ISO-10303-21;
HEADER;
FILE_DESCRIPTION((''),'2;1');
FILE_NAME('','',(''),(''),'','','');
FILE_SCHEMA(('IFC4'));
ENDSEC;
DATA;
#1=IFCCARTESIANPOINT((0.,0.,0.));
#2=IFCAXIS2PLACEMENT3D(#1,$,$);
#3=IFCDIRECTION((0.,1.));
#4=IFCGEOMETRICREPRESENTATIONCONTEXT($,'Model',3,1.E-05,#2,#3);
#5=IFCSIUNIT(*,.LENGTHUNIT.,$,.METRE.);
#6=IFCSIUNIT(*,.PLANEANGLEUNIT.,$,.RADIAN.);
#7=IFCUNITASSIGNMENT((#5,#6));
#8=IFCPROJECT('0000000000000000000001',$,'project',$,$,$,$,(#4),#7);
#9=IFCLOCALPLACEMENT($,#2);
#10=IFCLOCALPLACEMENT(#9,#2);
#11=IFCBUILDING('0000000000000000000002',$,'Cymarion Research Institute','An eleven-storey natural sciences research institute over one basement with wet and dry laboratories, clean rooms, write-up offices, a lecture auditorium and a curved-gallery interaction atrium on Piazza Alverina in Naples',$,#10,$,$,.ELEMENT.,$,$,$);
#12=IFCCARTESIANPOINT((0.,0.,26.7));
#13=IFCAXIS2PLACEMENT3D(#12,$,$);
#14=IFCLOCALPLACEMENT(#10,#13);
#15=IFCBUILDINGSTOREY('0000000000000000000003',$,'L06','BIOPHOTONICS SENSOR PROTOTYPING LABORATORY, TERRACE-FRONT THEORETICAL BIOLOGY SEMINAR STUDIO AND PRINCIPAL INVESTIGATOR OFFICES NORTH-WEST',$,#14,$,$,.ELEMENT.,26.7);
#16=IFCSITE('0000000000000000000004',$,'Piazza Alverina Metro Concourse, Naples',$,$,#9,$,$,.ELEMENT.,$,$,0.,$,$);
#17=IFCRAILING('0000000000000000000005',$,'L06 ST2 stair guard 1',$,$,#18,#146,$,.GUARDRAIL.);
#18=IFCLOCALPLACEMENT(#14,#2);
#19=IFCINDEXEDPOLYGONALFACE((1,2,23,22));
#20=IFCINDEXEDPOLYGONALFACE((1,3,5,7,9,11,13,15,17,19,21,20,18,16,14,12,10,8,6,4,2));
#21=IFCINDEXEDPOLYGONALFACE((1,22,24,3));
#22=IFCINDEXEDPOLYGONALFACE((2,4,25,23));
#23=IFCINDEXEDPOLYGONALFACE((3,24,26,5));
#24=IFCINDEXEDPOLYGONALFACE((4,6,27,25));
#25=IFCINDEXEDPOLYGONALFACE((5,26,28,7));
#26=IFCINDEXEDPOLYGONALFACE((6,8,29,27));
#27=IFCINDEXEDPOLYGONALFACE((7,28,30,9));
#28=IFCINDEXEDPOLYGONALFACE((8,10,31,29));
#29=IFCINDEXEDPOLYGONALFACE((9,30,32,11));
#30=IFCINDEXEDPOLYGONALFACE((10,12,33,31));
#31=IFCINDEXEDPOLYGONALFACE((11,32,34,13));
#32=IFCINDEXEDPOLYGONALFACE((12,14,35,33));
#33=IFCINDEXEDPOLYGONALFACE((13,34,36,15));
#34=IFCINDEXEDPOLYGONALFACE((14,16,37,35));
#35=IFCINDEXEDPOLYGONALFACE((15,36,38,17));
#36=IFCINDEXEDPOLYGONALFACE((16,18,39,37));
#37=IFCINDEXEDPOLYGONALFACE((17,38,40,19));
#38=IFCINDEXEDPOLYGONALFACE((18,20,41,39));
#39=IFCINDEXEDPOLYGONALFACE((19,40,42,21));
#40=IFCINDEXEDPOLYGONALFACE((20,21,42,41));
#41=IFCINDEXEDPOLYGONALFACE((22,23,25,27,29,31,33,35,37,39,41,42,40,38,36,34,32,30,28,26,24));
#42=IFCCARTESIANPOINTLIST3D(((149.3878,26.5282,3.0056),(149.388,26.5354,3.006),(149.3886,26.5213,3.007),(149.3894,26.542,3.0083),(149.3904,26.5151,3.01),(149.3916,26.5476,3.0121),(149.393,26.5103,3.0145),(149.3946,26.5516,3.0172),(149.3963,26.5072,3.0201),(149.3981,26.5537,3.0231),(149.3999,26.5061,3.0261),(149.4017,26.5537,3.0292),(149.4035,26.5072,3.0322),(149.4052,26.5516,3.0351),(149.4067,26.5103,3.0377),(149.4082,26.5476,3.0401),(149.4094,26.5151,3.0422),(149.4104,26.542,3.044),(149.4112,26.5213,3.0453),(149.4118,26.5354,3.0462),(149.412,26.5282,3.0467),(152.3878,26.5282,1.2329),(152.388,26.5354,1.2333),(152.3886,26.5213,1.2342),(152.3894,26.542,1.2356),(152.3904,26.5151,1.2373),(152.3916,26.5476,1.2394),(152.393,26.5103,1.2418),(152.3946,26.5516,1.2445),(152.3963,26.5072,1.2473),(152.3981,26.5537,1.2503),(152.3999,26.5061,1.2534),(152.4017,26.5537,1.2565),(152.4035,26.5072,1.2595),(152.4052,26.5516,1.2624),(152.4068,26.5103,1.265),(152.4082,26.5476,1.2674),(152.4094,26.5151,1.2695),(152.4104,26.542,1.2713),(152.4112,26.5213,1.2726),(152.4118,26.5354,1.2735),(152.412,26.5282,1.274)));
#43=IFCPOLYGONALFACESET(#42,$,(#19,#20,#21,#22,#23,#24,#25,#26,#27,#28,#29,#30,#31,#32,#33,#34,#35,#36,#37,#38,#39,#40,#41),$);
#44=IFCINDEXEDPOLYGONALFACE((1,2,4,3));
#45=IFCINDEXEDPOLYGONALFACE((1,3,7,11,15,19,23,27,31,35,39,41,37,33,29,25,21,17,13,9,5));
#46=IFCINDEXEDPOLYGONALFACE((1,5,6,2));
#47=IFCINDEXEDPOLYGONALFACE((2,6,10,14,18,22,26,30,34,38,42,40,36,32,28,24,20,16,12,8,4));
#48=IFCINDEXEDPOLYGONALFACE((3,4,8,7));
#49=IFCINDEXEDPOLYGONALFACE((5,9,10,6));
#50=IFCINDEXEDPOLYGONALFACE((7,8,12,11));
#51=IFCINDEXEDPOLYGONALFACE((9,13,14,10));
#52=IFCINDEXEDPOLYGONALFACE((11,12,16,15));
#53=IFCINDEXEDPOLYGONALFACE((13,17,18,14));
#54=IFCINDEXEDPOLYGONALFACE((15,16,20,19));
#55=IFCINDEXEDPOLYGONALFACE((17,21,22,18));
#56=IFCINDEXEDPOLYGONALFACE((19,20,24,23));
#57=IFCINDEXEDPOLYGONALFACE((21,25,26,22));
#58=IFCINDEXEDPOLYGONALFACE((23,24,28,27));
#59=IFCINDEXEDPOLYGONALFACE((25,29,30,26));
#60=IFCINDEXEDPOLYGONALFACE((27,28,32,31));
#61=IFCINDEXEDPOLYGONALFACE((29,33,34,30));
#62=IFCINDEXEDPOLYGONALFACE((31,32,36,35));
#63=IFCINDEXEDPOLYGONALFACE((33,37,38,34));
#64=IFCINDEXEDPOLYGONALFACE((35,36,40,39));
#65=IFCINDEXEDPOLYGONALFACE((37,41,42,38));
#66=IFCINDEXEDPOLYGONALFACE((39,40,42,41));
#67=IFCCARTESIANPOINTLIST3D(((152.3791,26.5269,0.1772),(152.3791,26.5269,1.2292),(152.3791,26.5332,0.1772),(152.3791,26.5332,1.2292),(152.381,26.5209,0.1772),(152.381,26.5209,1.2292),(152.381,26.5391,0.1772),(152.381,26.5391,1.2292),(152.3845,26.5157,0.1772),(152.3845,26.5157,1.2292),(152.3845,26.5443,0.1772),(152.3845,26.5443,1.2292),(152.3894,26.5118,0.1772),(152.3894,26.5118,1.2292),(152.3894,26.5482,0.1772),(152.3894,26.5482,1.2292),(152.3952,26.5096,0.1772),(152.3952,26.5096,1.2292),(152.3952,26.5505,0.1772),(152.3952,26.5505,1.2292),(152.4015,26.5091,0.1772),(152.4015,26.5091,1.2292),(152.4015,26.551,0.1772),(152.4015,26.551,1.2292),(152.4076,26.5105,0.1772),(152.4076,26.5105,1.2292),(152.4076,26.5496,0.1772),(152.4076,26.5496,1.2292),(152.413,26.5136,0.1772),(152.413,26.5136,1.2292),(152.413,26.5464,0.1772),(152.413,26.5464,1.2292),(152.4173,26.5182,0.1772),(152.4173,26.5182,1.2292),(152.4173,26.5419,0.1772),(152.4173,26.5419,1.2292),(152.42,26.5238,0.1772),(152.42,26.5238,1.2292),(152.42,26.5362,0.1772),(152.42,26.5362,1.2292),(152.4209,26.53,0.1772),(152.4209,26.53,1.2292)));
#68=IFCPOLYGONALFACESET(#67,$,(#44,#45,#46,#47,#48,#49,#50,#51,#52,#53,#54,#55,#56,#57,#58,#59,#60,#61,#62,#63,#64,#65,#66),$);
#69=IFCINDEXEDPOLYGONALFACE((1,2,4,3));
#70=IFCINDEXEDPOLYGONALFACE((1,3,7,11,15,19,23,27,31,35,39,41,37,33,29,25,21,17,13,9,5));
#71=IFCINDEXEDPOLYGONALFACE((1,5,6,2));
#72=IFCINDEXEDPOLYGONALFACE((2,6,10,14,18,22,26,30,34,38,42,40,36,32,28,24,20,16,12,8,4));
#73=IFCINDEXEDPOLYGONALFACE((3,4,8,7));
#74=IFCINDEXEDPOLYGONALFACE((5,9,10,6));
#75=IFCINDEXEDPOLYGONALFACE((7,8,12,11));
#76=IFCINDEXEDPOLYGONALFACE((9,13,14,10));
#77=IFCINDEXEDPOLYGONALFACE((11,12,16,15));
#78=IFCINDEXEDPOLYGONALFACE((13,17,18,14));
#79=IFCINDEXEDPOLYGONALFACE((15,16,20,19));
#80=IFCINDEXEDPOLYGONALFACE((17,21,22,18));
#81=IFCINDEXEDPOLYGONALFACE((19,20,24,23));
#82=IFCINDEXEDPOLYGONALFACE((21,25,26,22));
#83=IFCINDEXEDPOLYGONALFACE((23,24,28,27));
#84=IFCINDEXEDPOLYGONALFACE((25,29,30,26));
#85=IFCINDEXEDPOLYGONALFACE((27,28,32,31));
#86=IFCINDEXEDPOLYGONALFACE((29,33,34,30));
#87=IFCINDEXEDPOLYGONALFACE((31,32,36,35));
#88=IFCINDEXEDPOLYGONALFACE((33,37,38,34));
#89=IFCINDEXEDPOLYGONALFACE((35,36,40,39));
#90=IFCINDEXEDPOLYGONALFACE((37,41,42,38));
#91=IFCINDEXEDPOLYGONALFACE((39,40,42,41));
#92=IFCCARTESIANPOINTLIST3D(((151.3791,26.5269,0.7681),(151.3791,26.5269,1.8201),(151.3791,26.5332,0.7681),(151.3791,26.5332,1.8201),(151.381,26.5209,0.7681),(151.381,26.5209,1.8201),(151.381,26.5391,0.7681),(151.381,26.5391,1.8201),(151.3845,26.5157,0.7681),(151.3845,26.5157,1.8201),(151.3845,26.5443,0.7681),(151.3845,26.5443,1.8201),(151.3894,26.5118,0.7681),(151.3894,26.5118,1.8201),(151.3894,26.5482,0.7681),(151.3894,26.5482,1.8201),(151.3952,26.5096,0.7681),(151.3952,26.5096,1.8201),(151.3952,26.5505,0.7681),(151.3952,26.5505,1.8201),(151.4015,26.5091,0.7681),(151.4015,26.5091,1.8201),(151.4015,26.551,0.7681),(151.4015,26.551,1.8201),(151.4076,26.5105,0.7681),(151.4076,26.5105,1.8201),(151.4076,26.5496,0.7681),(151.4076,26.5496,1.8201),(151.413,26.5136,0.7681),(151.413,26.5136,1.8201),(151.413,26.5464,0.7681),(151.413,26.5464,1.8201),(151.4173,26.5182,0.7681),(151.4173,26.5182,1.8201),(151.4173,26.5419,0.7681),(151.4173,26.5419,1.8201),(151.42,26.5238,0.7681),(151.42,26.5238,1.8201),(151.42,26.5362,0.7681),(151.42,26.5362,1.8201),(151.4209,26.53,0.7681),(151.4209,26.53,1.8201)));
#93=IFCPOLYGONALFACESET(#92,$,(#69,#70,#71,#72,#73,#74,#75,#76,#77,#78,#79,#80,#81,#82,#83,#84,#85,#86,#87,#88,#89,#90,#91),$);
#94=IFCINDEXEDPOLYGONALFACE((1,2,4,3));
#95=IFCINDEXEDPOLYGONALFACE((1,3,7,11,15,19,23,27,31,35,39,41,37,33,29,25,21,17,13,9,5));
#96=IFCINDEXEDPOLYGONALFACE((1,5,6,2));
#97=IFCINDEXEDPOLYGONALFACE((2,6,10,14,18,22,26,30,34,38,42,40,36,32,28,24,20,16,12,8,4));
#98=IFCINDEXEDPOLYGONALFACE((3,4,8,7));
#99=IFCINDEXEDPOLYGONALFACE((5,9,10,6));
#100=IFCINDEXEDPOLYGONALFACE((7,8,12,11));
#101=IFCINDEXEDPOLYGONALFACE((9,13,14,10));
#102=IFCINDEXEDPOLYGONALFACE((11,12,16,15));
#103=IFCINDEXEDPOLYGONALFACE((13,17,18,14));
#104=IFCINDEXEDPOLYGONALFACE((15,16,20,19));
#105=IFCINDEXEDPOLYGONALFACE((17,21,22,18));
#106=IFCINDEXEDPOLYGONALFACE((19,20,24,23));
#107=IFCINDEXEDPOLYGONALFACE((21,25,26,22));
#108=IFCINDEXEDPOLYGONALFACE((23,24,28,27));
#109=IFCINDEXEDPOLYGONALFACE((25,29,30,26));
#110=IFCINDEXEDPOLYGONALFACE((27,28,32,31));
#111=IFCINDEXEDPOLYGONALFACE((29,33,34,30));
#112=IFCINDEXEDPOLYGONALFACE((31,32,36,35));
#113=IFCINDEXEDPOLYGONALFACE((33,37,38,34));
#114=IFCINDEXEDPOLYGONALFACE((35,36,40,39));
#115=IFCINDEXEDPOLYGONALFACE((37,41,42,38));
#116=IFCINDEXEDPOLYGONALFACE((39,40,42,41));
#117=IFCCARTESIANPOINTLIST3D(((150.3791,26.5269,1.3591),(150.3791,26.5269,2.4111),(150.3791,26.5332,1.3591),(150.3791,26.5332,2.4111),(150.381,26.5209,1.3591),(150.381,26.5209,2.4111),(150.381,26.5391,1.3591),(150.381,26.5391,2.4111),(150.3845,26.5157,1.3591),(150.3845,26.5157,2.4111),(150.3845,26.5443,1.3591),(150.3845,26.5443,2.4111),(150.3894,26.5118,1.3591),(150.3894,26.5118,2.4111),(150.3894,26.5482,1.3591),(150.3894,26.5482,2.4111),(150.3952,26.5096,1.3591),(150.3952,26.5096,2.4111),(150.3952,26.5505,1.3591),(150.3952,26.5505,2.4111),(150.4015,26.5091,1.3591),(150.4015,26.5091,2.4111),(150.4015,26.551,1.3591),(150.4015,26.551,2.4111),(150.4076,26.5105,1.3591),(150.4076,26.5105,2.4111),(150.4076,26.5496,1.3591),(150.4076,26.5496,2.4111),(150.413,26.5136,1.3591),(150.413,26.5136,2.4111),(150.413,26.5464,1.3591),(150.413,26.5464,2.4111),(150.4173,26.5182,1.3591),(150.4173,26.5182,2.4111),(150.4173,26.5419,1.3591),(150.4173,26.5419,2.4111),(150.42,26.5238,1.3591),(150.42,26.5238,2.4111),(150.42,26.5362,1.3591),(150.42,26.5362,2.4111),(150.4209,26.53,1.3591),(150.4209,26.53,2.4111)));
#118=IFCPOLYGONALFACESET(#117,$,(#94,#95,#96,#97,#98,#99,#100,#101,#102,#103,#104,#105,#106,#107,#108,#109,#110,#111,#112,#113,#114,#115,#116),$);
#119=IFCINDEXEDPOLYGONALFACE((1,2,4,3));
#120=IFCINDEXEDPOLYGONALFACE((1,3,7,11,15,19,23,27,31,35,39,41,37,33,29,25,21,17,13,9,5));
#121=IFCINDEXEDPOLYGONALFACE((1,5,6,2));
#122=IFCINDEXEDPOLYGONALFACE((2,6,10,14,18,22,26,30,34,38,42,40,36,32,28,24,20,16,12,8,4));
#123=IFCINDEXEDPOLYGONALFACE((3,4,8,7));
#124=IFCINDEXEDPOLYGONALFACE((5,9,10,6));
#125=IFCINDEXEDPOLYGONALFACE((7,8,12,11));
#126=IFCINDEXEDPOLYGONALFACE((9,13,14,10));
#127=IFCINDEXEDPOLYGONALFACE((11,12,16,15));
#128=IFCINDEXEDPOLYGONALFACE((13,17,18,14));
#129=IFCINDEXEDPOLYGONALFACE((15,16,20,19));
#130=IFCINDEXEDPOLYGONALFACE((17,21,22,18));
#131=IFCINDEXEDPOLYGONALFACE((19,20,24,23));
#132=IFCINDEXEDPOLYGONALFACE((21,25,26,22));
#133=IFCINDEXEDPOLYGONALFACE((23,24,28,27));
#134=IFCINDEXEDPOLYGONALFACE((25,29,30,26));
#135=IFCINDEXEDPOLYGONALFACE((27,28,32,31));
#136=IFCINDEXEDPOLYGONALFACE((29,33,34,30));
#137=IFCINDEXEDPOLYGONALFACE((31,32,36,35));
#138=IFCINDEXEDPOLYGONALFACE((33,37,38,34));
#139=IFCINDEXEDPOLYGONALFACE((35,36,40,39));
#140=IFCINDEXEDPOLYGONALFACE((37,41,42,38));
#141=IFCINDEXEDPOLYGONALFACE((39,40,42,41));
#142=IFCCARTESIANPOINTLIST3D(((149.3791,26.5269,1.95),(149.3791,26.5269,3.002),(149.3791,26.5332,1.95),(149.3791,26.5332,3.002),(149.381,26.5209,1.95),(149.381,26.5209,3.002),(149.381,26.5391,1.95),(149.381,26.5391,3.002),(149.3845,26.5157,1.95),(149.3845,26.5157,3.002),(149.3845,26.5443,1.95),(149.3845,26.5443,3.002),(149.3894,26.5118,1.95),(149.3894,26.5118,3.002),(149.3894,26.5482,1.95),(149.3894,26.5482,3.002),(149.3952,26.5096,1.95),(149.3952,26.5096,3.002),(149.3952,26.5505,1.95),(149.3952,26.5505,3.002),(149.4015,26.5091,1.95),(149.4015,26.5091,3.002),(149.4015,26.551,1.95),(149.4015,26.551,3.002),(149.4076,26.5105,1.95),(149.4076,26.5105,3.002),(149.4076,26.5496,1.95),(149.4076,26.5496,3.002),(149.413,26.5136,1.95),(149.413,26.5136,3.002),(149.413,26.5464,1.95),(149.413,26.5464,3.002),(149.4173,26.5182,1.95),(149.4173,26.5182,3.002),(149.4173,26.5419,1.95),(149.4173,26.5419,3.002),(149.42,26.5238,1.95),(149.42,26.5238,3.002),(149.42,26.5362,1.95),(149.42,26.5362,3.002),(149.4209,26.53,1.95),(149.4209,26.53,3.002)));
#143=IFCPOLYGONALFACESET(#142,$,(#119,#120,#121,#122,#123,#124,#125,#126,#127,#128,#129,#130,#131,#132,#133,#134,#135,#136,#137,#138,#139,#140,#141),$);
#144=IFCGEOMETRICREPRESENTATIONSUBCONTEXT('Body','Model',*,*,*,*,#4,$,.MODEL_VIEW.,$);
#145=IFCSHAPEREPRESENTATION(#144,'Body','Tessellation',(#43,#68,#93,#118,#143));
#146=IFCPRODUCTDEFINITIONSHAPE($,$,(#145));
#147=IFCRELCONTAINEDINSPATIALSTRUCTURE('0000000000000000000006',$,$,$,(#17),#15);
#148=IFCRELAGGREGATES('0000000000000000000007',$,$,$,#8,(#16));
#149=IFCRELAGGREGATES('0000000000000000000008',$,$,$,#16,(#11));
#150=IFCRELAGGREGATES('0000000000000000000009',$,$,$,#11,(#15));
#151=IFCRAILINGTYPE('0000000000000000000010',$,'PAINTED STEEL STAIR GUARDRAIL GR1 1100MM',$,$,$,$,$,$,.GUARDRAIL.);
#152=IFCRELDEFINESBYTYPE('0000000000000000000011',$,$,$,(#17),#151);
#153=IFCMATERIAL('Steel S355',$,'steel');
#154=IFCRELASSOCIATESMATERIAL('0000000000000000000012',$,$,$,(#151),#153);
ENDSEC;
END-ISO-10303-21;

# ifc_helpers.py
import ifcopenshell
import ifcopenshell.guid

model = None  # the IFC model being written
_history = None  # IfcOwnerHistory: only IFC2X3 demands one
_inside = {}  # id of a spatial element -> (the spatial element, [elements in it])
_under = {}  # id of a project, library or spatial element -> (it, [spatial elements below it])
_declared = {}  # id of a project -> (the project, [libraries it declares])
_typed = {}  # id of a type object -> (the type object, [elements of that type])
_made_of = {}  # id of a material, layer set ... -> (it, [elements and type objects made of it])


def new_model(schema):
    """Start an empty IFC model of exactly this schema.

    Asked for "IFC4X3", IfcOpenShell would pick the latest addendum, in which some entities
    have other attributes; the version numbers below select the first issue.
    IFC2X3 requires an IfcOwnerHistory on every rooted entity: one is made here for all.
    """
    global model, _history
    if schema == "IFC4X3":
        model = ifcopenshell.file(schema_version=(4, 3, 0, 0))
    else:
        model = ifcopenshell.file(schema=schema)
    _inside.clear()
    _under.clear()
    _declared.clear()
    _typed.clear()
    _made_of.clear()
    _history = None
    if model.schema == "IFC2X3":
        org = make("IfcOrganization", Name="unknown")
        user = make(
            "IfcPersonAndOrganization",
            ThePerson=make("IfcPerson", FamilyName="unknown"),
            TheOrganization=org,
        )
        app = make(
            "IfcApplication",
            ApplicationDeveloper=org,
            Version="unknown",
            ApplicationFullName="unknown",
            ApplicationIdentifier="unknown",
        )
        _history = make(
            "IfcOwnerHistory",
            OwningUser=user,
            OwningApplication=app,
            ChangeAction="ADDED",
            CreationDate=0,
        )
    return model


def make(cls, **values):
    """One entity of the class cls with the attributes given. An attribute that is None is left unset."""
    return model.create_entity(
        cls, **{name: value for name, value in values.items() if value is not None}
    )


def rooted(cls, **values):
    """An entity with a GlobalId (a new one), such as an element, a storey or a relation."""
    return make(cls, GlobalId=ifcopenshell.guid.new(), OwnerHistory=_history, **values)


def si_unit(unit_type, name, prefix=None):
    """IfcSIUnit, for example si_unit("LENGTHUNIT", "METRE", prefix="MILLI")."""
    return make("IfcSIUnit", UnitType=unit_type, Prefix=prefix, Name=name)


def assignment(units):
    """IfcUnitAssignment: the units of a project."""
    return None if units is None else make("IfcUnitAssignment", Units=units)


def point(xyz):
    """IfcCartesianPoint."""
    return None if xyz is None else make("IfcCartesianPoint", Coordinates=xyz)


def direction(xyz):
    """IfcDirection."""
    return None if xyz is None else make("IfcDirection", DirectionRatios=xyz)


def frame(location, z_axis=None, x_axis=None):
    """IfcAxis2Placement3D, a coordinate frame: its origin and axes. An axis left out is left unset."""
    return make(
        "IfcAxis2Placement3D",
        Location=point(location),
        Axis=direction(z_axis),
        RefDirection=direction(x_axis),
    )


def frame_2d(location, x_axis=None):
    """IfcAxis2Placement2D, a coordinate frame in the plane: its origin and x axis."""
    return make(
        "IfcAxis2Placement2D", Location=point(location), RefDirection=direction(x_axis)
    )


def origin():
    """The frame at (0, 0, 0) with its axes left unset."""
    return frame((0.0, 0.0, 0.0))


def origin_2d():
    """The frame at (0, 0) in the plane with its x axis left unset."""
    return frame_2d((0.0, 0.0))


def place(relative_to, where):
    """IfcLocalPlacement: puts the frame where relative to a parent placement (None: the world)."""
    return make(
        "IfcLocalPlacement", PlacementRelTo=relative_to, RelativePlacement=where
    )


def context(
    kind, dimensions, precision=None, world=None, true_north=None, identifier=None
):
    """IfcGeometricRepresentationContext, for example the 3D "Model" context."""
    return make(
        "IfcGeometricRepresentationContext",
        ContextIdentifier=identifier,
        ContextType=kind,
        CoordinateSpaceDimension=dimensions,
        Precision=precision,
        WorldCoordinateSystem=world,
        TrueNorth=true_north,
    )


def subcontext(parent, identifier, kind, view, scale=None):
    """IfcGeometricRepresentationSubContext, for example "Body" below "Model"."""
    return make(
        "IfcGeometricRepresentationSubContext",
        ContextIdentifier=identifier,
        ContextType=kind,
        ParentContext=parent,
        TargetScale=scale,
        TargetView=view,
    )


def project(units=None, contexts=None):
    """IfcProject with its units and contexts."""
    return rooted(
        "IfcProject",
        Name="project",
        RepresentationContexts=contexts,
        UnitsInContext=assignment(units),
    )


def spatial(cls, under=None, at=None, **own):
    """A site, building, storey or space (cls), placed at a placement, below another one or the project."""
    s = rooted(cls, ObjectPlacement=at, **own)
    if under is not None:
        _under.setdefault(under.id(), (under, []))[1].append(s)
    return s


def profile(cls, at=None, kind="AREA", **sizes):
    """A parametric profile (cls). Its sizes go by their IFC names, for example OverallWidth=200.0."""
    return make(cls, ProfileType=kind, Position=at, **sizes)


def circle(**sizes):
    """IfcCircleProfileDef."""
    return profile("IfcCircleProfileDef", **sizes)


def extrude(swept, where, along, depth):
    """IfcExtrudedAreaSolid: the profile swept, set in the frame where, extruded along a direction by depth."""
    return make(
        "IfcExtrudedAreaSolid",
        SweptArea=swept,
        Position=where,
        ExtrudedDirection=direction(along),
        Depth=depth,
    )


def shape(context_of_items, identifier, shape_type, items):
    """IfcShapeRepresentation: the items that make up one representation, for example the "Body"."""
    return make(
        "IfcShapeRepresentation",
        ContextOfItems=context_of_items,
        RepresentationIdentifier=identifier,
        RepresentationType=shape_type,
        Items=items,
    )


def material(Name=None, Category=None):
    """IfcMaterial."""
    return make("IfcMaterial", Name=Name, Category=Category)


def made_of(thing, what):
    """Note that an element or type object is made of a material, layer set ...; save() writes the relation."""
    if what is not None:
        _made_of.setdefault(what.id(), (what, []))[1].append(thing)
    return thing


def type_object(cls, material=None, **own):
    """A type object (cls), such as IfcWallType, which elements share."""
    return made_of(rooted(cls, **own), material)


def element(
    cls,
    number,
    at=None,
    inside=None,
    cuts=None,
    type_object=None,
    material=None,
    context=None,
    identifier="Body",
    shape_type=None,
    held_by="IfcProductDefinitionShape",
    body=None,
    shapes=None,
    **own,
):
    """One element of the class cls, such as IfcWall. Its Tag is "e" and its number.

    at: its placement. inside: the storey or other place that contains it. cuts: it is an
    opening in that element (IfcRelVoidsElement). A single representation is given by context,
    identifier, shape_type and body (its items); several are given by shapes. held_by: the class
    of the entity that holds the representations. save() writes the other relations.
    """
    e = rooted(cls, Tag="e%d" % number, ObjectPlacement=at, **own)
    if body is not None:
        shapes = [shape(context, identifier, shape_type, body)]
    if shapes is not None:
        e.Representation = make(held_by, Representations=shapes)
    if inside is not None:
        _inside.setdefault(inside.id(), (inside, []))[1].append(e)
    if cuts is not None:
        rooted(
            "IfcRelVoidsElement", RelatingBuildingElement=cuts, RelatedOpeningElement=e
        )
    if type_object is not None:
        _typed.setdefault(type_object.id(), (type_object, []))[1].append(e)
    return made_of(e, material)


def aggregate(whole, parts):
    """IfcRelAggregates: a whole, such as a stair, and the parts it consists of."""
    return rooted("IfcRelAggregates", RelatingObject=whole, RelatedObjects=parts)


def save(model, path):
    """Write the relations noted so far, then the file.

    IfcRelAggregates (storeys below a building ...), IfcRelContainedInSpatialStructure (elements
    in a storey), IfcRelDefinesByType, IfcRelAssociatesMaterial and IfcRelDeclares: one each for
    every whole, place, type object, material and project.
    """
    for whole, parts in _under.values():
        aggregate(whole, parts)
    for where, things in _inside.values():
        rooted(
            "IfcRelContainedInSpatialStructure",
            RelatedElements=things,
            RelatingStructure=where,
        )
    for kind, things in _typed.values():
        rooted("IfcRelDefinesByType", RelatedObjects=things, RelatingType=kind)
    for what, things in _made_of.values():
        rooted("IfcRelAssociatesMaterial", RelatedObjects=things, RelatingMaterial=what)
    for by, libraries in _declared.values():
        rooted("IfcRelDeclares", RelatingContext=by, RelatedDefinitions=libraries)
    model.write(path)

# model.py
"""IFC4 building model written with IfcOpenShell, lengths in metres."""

from ifc_helpers import new_model, si_unit, direction, frame, origin, origin_2d, place, context, subcontext, project, spatial, circle, extrude, material, type_object, element, save


model = new_model("IFC4")

# Units and contexts
model_context = context("Model", 3, precision=1e-05, world=origin(), true_north=direction((0.0, 1.0)))
body_context = subcontext(model_context, "Body", "Model", "MODEL_VIEW")
ifc_project = project(units=[si_unit("LENGTHUNIT", "METRE"), si_unit("PLANEANGLEUNIT", "RADIAN")], contexts=[model_context])

# Site, building, storey
site_placement = place(None, origin())
site = spatial("IfcSite", under=ifc_project, at=site_placement, Name="Piazza Alverina Metro Concourse, Naples", CompositionType="ELEMENT", RefElevation=0.0)
building_placement = place(site_placement, origin())
building = spatial("IfcBuilding", under=site, at=building_placement, Name="Cymarion Research Institute", Description="An eleven-storey natural sciences research institute over one basement with wet and dry laboratories, clean rooms, write-up offices, a lecture auditorium and a curved-gallery interaction atrium on Piazza Alverina in Naples", CompositionType="ELEMENT")
storey_placement = place(building_placement, frame((0.0, 0.0, 26.7)))
storey = spatial("IfcBuildingStorey", under=building, at=storey_placement, Name="L06", Description="BIOPHOTONICS SENSOR PROTOTYPING LABORATORY, TERRACE-FRONT THEORETICAL BIOLOGY SEMINAR STUDIO AND PRINCIPAL INVESTIGATOR OFFICES NORTH-WEST", CompositionType="ELEMENT", Elevation=26.7)

# Shared definitions
ifc_material_1 = material(Name="Steel S355", Category="steel")

# Railing
railing_type_1 = type_object("IfcRailingType", Name="PAINTED STEEL STAIR GUARDRAIL GR1 1100MM", PredefinedType="GUARDRAIL", material=ifc_material_1)
railing_1_placement = place(storey_placement, frame((152.3999, 26.53, 0.1772)))
element("IfcRailing", 1, at=railing_1_placement, inside=storey, type_object=railing_type_1, Name="L06 ST2 stair guard 1", PredefinedType="GUARDRAIL", context=body_context, shape_type="SweptSolid", body=[
    extrude(circle(Radius=0.0239, at=origin_2d()), frame((0.0, 0.0, 1.0762), z_axis=(-0.860929, 0.0, 0.508725), x_axis=(0.0, -1.0, 0.0)), (0.0, 0.0, 1.0), 3.4846),
    extrude(circle(Radius=0.021, at=origin_2d()), origin(), (0.0, 0.0, 1.0), 1.052),
    extrude(circle(Radius=0.021, at=origin_2d()), frame((-1.0, 0.0, 0.5908)), (0.0, 0.0, 1.0), 1.052),
    extrude(circle(Radius=0.021, at=origin_2d()), frame((-2.0, 0.0, 1.1819)), (0.0, 0.0, 1.0), 1.052),
    extrude(circle(Radius=0.021, at=origin_2d()), frame((-3.0, 0.0, 1.7727)), (0.0, 0.0, 1.0), 1.052),
])

save(model, "model.ifc")
